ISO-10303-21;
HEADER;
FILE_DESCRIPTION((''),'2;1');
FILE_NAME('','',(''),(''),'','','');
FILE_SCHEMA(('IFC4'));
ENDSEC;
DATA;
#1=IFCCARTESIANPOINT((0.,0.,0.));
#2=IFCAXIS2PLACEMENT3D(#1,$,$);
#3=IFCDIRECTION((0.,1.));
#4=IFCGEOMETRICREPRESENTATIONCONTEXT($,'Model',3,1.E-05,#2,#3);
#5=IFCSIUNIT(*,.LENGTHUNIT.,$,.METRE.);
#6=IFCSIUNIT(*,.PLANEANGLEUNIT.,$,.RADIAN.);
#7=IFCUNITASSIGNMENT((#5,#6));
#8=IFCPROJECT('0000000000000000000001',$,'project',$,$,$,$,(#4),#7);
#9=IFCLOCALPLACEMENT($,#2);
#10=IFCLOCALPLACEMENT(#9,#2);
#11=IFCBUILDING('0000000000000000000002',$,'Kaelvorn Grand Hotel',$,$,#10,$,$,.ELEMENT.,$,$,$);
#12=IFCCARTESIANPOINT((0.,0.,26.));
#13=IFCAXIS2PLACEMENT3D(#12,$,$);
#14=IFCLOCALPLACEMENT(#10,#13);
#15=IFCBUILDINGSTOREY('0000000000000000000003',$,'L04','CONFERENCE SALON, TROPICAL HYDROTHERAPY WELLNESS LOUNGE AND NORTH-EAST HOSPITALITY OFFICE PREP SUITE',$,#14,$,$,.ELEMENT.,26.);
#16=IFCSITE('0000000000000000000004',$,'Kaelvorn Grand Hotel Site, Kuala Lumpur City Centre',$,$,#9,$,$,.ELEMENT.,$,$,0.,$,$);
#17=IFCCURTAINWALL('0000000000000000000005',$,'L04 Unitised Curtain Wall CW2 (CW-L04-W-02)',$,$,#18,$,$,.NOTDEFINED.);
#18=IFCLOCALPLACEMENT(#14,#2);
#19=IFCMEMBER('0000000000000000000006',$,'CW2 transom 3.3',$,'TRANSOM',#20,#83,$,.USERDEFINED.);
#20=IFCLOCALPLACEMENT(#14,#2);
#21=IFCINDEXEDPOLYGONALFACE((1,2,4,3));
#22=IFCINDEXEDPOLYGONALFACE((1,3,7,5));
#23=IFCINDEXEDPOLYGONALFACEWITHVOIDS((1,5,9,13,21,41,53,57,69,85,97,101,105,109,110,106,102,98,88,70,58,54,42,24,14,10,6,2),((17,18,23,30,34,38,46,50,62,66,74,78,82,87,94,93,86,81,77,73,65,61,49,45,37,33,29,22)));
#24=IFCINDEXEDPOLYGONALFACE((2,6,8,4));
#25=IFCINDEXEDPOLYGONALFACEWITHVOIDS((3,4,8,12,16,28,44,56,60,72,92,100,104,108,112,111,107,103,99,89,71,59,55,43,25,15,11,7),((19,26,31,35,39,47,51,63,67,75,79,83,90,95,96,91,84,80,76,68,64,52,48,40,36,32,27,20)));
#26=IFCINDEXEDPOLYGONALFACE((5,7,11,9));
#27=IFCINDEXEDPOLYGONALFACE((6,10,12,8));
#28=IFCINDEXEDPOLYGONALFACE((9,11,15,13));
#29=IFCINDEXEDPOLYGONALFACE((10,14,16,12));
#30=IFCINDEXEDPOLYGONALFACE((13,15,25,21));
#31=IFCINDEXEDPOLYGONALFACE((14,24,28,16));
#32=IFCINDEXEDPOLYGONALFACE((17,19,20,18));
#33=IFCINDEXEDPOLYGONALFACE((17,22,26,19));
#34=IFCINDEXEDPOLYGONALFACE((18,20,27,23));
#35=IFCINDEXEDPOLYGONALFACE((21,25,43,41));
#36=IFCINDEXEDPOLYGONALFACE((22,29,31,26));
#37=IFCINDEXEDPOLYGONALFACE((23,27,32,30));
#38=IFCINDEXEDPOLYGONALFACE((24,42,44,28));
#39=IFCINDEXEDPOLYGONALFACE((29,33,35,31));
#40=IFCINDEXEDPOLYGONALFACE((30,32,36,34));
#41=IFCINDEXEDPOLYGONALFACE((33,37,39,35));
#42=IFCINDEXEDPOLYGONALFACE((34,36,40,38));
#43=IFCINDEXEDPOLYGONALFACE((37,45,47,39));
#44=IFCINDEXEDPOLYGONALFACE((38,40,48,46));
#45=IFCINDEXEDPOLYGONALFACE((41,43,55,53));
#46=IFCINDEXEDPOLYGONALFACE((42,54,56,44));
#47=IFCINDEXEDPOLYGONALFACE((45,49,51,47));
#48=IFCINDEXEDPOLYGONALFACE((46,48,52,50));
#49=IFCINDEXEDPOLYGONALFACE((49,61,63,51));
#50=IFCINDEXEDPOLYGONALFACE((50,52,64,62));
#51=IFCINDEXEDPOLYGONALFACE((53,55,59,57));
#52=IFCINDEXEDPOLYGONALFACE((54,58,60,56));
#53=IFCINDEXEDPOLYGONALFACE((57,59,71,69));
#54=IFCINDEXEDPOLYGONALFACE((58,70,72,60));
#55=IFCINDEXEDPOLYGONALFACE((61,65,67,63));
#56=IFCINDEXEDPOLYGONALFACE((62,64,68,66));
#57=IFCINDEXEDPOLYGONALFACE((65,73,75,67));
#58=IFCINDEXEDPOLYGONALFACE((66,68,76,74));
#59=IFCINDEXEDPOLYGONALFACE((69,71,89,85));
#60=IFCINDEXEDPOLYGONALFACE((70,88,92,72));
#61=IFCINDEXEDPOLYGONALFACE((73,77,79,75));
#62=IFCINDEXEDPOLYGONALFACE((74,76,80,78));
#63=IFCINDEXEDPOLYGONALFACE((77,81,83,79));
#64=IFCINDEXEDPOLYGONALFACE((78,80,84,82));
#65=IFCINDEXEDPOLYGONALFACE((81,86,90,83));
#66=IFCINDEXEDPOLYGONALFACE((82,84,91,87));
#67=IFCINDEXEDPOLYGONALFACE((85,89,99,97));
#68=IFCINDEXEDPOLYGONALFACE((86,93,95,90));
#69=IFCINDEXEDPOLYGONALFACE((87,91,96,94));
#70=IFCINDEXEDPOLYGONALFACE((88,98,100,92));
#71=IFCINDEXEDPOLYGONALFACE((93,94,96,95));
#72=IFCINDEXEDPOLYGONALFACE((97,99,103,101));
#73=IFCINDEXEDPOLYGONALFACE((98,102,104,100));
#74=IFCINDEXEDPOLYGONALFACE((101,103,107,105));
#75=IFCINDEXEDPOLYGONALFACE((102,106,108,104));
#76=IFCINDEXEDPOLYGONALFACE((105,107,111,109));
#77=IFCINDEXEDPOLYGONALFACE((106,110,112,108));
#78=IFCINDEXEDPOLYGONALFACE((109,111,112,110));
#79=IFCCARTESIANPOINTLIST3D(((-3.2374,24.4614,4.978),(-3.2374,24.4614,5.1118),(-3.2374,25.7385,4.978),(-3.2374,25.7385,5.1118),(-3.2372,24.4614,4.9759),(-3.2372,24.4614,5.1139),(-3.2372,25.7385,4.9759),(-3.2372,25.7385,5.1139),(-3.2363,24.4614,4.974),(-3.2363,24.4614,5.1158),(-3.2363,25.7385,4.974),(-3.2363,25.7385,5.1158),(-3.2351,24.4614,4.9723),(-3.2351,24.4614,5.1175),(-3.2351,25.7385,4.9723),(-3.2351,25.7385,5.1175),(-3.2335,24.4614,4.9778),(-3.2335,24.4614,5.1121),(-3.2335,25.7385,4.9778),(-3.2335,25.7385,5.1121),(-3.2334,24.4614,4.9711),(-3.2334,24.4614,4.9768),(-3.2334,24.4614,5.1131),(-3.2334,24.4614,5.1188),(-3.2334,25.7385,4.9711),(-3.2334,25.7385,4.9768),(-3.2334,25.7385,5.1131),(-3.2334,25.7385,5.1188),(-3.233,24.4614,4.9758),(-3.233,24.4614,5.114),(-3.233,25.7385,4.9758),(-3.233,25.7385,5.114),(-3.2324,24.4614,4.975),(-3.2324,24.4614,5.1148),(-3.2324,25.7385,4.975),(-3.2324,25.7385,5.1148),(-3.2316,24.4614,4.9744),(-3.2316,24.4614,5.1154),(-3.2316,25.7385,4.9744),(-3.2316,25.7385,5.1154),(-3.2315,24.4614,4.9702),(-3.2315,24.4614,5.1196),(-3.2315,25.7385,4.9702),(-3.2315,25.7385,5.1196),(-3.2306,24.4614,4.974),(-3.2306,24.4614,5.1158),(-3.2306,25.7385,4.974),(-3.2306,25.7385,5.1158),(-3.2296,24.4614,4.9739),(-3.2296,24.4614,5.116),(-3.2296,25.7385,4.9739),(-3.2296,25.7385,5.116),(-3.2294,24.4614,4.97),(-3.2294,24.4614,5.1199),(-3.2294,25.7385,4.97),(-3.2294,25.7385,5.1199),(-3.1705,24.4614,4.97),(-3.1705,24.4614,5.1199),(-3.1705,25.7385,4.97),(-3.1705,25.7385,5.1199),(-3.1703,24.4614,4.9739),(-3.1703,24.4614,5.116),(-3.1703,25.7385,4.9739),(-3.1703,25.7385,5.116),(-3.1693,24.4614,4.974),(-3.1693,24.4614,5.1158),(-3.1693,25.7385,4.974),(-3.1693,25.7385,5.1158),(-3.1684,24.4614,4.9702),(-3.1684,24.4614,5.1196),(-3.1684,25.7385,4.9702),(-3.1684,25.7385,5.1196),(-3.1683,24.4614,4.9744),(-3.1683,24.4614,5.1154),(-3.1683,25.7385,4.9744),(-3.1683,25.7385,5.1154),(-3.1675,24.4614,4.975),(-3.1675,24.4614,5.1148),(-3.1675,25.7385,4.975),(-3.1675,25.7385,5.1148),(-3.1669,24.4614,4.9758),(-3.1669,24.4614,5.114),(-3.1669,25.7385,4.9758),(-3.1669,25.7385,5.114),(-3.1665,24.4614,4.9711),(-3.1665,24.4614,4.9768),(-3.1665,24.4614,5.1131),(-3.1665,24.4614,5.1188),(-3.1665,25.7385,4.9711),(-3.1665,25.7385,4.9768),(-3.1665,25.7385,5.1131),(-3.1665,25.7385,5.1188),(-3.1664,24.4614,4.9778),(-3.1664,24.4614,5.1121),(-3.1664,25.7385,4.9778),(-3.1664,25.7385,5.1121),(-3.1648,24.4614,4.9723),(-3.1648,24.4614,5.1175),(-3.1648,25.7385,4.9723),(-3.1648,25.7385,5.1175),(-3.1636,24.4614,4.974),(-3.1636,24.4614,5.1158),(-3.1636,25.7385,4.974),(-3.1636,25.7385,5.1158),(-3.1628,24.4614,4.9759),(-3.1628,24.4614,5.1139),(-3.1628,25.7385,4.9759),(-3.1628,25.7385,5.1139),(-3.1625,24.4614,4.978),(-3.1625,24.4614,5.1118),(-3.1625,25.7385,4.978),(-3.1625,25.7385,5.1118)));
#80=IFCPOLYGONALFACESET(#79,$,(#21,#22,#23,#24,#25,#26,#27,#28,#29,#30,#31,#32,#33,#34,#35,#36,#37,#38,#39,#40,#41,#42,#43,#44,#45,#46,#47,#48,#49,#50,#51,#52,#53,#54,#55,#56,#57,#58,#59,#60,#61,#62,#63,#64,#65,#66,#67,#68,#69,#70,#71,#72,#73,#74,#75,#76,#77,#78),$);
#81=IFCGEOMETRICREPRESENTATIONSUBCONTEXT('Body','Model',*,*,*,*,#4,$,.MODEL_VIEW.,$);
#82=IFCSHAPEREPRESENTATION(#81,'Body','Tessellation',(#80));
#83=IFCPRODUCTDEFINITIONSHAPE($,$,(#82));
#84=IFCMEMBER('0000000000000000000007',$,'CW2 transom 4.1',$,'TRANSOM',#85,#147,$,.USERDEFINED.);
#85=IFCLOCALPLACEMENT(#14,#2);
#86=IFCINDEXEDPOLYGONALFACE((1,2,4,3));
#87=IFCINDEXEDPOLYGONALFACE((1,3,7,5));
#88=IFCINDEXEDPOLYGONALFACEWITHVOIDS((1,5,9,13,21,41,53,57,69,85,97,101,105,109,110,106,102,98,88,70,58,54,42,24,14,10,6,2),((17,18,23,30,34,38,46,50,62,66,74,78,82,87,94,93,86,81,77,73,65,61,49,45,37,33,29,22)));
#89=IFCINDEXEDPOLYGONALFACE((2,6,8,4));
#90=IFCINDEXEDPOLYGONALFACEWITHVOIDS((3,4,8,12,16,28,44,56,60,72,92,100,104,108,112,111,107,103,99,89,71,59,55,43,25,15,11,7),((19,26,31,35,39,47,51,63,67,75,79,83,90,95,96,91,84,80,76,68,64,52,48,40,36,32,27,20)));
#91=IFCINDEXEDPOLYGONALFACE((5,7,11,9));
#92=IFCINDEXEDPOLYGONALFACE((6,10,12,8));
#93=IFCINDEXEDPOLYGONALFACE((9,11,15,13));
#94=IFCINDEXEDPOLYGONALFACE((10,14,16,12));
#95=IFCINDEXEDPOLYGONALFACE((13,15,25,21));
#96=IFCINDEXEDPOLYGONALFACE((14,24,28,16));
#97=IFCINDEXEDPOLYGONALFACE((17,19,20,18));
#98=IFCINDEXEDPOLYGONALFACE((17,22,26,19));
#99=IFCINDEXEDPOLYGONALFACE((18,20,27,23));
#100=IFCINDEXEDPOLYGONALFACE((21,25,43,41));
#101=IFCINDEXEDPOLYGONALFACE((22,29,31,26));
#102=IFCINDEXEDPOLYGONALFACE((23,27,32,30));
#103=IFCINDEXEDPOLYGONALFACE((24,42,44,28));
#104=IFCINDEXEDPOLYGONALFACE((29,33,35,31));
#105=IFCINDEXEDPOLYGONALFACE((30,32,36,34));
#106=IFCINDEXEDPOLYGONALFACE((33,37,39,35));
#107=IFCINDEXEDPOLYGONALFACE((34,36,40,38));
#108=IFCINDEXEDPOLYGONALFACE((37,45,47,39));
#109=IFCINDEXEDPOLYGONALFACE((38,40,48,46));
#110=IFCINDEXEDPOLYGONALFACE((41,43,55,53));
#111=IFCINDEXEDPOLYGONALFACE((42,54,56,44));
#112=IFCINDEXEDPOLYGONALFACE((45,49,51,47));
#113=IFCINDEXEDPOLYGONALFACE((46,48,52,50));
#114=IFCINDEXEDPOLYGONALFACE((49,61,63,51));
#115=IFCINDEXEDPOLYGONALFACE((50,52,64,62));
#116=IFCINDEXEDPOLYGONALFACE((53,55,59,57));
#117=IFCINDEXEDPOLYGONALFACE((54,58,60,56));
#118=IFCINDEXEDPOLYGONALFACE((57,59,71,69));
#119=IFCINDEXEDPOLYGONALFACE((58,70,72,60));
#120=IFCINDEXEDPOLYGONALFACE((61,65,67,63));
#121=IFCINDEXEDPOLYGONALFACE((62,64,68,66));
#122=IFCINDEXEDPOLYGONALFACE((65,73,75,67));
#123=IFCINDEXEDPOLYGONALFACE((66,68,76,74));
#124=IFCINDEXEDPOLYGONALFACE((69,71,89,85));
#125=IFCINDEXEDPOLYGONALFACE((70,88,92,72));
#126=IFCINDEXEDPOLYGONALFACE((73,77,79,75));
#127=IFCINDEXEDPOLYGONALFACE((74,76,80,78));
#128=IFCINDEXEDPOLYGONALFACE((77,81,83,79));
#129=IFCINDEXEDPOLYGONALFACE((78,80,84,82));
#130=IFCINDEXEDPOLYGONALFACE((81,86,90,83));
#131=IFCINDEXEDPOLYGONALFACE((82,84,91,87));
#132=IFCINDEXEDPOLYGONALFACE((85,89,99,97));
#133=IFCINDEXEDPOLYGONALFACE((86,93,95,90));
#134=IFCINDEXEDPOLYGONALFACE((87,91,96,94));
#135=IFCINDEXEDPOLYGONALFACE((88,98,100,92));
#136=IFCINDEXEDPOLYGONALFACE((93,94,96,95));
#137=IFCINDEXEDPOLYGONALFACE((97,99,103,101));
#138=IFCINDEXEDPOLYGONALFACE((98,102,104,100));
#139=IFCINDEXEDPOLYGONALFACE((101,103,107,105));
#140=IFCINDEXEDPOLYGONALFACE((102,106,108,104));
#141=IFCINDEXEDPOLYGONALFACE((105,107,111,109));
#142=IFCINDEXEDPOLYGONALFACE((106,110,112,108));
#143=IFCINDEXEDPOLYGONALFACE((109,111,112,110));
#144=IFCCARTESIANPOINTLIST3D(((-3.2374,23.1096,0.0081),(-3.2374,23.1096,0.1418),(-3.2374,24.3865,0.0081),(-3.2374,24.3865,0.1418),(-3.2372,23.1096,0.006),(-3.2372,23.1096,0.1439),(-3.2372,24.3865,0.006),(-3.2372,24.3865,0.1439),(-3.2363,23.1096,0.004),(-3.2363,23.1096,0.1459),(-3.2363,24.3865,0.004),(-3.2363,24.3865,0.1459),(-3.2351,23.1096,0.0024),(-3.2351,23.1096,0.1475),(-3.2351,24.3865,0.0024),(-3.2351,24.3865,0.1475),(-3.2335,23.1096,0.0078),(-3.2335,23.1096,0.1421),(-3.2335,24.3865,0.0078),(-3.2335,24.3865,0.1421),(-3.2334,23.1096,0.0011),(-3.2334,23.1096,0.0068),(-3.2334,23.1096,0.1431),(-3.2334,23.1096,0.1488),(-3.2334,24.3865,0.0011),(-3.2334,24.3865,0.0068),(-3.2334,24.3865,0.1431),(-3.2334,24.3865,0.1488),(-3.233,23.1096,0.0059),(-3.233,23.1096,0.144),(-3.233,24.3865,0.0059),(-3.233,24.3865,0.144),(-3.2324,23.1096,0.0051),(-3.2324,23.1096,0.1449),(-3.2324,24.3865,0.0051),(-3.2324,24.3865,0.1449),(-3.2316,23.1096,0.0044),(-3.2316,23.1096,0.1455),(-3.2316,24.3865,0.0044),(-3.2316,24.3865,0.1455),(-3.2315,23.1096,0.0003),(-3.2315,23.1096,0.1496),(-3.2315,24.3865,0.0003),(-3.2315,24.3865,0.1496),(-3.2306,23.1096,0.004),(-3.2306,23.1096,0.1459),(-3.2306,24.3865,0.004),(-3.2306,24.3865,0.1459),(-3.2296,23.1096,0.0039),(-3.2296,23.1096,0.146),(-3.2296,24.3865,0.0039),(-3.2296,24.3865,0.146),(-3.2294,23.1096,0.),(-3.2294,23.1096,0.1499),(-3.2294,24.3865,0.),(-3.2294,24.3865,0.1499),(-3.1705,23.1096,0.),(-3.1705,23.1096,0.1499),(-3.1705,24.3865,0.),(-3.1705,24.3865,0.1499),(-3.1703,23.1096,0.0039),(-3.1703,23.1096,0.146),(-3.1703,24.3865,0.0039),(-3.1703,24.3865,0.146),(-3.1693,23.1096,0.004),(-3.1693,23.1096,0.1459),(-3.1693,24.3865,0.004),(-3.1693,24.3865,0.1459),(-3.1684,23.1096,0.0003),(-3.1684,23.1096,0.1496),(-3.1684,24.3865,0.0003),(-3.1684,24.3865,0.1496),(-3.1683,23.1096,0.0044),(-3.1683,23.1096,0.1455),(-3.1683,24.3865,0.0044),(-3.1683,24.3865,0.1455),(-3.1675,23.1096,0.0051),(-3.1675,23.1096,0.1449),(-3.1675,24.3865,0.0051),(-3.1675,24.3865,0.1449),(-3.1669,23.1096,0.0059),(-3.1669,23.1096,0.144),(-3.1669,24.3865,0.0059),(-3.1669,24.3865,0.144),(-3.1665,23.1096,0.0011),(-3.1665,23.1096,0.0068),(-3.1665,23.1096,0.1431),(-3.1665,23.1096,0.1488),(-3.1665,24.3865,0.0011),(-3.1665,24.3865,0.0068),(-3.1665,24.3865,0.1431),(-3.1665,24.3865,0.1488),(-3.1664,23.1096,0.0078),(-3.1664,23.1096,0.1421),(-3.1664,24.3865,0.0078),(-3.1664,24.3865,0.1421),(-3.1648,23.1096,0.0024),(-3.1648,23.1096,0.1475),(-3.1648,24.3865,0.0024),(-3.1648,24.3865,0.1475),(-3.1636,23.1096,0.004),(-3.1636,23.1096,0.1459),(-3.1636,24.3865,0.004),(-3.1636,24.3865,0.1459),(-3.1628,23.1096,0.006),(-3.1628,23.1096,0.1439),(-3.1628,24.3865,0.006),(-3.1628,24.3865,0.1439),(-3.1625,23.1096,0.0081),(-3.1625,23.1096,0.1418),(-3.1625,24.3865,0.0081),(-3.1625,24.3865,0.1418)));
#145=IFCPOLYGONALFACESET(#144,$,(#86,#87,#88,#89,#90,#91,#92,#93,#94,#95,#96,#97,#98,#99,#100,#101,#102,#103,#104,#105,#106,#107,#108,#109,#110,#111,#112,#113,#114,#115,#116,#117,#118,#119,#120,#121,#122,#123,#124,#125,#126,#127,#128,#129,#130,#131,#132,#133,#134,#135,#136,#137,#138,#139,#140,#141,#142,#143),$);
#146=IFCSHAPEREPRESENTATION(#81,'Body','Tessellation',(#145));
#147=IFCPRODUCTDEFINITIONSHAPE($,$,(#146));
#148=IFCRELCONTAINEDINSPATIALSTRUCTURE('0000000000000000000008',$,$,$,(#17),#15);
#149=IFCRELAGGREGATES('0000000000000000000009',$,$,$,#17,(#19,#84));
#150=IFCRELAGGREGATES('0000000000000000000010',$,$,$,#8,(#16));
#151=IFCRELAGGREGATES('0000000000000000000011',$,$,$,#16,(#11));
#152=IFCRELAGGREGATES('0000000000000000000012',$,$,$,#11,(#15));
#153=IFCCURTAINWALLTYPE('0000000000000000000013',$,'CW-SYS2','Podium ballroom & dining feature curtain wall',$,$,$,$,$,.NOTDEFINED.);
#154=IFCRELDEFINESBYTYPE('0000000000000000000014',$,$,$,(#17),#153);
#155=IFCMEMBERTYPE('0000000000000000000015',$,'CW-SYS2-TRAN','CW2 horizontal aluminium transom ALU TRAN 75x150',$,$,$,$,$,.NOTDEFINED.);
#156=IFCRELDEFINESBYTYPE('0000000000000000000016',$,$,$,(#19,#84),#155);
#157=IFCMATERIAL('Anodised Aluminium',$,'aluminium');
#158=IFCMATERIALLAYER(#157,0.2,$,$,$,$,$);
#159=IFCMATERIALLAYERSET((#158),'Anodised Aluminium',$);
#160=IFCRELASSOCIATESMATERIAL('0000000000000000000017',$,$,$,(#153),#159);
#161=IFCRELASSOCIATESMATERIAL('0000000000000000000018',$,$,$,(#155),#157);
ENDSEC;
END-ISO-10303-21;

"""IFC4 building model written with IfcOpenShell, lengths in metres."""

from ifc_helpers import new_model, si_unit, direction, frame, origin, origin_2d, place, context, subcontext, project, spatial, hollow_rectangle, extrude, material, layer, layer_set, material_profile, profile_set, type_object, element, aggregate, save


model = new_model("IFC4")

# Units and contexts
model_context = context("Model", 3, precision=1e-05, world=origin(), true_north=direction((0.0, 1.0)))
body_context = subcontext(model_context, "Body", "Model", "MODEL_VIEW")
ifc_project = project(units=[si_unit("LENGTHUNIT", "METRE"), si_unit("PLANEANGLEUNIT", "RADIAN")], contexts=[model_context])

# Site, building, storey
site_placement = place(None, origin())
site = spatial("IfcSite", under=ifc_project, at=site_placement, Name="Kaelvorn Grand Hotel Site, Kuala Lumpur City Centre", CompositionType="ELEMENT", RefElevation=0.0)
building_placement = place(site_placement, origin())
building = spatial("IfcBuilding", under=site, at=building_placement, Name="Kaelvorn Grand Hotel", CompositionType="ELEMENT")
storey_placement = place(building_placement, frame((0.0, 0.0, 26.0)))
storey = spatial("IfcBuildingStorey", under=building, at=storey_placement, Name="L04", Description="CONFERENCE SALON, TROPICAL HYDROTHERAPY WELLNESS LOUNGE AND NORTH-EAST HOSPITALITY OFFICE PREP SUITE", CompositionType="ELEMENT", Elevation=26.0)

# Curtain wall
ifc_material_1 = material(Name="Anodised Aluminium", Category="aluminium")
ifc_layer_1 = layer(ifc_material_1, 0.2)
ifc_layer_set_1 = layer_set([ifc_layer_1], Name="Anodised Aluminium")
curtain_wall_type = type_object("IfcCurtainWallType", Name="CW-SYS2", Description="Podium ballroom & dining feature curtain wall", PredefinedType="NOTDEFINED", material=ifc_layer_set_1)
curtain_wall_1_placement = place(storey_placement, origin())
curtain_wall_1 = element("IfcCurtainWall", 1, at=curtain_wall_1_placement, inside=storey, type_object=curtain_wall_type, Name="L04 Unitised Curtain Wall CW2 (CW-L04-W-02)", PredefinedType="NOTDEFINED")

# Members
ifc_material_profile_1 = material_profile(ifc_material_1, hollow_rectangle(XDim=0.075, YDim=0.1499, WallThickness=0.0039, InnerFilletRadius=0.0039, OuterFilletRadius=0.0081, at=origin_2d()), Name="ALU TRAN 75x150")
ifc_profile_set_1 = profile_set([ifc_material_profile_1], Name="Anodised Aluminium")
member_type_1 = type_object("IfcMemberType", Name="CW-SYS2-TRAN", Description="CW2 horizontal aluminium transom ALU TRAN 75x150", PredefinedType="NOTDEFINED", material=ifc_profile_set_1)
member_1_placement = place(storey_placement, frame((-3.2, 25.7385, 5.0449), z_axis=(0.0, -1.0, 0.0), x_axis=(1.0, 0.0, 0.0)))
member_1 = element("IfcMember", 2, at=member_1_placement, type_object=member_type_1, Name="CW2 transom 3.3", ObjectType="TRANSOM", PredefinedType="USERDEFINED", context=body_context, shape_type="SweptSolid", body=[
    extrude(hollow_rectangle(XDim=0.075, YDim=0.1499, WallThickness=0.0039, InnerFilletRadius=0.0039, OuterFilletRadius=0.0081, at=origin_2d()), origin(), (0.0, 0.0, 1.0), 1.2771),
])
member_2_placement = place(storey_placement, frame((-3.2, 24.3865, 0.075), z_axis=(0.0, -1.0, 0.0), x_axis=(1.0, 0.0, 0.0)))
member_2 = element("IfcMember", 3, at=member_2_placement, type_object=member_type_1, Name="CW2 transom 4.1", ObjectType="TRANSOM", PredefinedType="USERDEFINED", context=body_context, shape_type="SweptSolid", body=[
    extrude(hollow_rectangle(XDim=0.075, YDim=0.1499, WallThickness=0.0039, InnerFilletRadius=0.0039, OuterFilletRadius=0.0081, at=origin_2d()), origin(), (0.0, 0.0, 1.0), 1.2769),
])

aggregate(curtain_wall_1, [member_1, member_2])

save(model, "model.ifc")
